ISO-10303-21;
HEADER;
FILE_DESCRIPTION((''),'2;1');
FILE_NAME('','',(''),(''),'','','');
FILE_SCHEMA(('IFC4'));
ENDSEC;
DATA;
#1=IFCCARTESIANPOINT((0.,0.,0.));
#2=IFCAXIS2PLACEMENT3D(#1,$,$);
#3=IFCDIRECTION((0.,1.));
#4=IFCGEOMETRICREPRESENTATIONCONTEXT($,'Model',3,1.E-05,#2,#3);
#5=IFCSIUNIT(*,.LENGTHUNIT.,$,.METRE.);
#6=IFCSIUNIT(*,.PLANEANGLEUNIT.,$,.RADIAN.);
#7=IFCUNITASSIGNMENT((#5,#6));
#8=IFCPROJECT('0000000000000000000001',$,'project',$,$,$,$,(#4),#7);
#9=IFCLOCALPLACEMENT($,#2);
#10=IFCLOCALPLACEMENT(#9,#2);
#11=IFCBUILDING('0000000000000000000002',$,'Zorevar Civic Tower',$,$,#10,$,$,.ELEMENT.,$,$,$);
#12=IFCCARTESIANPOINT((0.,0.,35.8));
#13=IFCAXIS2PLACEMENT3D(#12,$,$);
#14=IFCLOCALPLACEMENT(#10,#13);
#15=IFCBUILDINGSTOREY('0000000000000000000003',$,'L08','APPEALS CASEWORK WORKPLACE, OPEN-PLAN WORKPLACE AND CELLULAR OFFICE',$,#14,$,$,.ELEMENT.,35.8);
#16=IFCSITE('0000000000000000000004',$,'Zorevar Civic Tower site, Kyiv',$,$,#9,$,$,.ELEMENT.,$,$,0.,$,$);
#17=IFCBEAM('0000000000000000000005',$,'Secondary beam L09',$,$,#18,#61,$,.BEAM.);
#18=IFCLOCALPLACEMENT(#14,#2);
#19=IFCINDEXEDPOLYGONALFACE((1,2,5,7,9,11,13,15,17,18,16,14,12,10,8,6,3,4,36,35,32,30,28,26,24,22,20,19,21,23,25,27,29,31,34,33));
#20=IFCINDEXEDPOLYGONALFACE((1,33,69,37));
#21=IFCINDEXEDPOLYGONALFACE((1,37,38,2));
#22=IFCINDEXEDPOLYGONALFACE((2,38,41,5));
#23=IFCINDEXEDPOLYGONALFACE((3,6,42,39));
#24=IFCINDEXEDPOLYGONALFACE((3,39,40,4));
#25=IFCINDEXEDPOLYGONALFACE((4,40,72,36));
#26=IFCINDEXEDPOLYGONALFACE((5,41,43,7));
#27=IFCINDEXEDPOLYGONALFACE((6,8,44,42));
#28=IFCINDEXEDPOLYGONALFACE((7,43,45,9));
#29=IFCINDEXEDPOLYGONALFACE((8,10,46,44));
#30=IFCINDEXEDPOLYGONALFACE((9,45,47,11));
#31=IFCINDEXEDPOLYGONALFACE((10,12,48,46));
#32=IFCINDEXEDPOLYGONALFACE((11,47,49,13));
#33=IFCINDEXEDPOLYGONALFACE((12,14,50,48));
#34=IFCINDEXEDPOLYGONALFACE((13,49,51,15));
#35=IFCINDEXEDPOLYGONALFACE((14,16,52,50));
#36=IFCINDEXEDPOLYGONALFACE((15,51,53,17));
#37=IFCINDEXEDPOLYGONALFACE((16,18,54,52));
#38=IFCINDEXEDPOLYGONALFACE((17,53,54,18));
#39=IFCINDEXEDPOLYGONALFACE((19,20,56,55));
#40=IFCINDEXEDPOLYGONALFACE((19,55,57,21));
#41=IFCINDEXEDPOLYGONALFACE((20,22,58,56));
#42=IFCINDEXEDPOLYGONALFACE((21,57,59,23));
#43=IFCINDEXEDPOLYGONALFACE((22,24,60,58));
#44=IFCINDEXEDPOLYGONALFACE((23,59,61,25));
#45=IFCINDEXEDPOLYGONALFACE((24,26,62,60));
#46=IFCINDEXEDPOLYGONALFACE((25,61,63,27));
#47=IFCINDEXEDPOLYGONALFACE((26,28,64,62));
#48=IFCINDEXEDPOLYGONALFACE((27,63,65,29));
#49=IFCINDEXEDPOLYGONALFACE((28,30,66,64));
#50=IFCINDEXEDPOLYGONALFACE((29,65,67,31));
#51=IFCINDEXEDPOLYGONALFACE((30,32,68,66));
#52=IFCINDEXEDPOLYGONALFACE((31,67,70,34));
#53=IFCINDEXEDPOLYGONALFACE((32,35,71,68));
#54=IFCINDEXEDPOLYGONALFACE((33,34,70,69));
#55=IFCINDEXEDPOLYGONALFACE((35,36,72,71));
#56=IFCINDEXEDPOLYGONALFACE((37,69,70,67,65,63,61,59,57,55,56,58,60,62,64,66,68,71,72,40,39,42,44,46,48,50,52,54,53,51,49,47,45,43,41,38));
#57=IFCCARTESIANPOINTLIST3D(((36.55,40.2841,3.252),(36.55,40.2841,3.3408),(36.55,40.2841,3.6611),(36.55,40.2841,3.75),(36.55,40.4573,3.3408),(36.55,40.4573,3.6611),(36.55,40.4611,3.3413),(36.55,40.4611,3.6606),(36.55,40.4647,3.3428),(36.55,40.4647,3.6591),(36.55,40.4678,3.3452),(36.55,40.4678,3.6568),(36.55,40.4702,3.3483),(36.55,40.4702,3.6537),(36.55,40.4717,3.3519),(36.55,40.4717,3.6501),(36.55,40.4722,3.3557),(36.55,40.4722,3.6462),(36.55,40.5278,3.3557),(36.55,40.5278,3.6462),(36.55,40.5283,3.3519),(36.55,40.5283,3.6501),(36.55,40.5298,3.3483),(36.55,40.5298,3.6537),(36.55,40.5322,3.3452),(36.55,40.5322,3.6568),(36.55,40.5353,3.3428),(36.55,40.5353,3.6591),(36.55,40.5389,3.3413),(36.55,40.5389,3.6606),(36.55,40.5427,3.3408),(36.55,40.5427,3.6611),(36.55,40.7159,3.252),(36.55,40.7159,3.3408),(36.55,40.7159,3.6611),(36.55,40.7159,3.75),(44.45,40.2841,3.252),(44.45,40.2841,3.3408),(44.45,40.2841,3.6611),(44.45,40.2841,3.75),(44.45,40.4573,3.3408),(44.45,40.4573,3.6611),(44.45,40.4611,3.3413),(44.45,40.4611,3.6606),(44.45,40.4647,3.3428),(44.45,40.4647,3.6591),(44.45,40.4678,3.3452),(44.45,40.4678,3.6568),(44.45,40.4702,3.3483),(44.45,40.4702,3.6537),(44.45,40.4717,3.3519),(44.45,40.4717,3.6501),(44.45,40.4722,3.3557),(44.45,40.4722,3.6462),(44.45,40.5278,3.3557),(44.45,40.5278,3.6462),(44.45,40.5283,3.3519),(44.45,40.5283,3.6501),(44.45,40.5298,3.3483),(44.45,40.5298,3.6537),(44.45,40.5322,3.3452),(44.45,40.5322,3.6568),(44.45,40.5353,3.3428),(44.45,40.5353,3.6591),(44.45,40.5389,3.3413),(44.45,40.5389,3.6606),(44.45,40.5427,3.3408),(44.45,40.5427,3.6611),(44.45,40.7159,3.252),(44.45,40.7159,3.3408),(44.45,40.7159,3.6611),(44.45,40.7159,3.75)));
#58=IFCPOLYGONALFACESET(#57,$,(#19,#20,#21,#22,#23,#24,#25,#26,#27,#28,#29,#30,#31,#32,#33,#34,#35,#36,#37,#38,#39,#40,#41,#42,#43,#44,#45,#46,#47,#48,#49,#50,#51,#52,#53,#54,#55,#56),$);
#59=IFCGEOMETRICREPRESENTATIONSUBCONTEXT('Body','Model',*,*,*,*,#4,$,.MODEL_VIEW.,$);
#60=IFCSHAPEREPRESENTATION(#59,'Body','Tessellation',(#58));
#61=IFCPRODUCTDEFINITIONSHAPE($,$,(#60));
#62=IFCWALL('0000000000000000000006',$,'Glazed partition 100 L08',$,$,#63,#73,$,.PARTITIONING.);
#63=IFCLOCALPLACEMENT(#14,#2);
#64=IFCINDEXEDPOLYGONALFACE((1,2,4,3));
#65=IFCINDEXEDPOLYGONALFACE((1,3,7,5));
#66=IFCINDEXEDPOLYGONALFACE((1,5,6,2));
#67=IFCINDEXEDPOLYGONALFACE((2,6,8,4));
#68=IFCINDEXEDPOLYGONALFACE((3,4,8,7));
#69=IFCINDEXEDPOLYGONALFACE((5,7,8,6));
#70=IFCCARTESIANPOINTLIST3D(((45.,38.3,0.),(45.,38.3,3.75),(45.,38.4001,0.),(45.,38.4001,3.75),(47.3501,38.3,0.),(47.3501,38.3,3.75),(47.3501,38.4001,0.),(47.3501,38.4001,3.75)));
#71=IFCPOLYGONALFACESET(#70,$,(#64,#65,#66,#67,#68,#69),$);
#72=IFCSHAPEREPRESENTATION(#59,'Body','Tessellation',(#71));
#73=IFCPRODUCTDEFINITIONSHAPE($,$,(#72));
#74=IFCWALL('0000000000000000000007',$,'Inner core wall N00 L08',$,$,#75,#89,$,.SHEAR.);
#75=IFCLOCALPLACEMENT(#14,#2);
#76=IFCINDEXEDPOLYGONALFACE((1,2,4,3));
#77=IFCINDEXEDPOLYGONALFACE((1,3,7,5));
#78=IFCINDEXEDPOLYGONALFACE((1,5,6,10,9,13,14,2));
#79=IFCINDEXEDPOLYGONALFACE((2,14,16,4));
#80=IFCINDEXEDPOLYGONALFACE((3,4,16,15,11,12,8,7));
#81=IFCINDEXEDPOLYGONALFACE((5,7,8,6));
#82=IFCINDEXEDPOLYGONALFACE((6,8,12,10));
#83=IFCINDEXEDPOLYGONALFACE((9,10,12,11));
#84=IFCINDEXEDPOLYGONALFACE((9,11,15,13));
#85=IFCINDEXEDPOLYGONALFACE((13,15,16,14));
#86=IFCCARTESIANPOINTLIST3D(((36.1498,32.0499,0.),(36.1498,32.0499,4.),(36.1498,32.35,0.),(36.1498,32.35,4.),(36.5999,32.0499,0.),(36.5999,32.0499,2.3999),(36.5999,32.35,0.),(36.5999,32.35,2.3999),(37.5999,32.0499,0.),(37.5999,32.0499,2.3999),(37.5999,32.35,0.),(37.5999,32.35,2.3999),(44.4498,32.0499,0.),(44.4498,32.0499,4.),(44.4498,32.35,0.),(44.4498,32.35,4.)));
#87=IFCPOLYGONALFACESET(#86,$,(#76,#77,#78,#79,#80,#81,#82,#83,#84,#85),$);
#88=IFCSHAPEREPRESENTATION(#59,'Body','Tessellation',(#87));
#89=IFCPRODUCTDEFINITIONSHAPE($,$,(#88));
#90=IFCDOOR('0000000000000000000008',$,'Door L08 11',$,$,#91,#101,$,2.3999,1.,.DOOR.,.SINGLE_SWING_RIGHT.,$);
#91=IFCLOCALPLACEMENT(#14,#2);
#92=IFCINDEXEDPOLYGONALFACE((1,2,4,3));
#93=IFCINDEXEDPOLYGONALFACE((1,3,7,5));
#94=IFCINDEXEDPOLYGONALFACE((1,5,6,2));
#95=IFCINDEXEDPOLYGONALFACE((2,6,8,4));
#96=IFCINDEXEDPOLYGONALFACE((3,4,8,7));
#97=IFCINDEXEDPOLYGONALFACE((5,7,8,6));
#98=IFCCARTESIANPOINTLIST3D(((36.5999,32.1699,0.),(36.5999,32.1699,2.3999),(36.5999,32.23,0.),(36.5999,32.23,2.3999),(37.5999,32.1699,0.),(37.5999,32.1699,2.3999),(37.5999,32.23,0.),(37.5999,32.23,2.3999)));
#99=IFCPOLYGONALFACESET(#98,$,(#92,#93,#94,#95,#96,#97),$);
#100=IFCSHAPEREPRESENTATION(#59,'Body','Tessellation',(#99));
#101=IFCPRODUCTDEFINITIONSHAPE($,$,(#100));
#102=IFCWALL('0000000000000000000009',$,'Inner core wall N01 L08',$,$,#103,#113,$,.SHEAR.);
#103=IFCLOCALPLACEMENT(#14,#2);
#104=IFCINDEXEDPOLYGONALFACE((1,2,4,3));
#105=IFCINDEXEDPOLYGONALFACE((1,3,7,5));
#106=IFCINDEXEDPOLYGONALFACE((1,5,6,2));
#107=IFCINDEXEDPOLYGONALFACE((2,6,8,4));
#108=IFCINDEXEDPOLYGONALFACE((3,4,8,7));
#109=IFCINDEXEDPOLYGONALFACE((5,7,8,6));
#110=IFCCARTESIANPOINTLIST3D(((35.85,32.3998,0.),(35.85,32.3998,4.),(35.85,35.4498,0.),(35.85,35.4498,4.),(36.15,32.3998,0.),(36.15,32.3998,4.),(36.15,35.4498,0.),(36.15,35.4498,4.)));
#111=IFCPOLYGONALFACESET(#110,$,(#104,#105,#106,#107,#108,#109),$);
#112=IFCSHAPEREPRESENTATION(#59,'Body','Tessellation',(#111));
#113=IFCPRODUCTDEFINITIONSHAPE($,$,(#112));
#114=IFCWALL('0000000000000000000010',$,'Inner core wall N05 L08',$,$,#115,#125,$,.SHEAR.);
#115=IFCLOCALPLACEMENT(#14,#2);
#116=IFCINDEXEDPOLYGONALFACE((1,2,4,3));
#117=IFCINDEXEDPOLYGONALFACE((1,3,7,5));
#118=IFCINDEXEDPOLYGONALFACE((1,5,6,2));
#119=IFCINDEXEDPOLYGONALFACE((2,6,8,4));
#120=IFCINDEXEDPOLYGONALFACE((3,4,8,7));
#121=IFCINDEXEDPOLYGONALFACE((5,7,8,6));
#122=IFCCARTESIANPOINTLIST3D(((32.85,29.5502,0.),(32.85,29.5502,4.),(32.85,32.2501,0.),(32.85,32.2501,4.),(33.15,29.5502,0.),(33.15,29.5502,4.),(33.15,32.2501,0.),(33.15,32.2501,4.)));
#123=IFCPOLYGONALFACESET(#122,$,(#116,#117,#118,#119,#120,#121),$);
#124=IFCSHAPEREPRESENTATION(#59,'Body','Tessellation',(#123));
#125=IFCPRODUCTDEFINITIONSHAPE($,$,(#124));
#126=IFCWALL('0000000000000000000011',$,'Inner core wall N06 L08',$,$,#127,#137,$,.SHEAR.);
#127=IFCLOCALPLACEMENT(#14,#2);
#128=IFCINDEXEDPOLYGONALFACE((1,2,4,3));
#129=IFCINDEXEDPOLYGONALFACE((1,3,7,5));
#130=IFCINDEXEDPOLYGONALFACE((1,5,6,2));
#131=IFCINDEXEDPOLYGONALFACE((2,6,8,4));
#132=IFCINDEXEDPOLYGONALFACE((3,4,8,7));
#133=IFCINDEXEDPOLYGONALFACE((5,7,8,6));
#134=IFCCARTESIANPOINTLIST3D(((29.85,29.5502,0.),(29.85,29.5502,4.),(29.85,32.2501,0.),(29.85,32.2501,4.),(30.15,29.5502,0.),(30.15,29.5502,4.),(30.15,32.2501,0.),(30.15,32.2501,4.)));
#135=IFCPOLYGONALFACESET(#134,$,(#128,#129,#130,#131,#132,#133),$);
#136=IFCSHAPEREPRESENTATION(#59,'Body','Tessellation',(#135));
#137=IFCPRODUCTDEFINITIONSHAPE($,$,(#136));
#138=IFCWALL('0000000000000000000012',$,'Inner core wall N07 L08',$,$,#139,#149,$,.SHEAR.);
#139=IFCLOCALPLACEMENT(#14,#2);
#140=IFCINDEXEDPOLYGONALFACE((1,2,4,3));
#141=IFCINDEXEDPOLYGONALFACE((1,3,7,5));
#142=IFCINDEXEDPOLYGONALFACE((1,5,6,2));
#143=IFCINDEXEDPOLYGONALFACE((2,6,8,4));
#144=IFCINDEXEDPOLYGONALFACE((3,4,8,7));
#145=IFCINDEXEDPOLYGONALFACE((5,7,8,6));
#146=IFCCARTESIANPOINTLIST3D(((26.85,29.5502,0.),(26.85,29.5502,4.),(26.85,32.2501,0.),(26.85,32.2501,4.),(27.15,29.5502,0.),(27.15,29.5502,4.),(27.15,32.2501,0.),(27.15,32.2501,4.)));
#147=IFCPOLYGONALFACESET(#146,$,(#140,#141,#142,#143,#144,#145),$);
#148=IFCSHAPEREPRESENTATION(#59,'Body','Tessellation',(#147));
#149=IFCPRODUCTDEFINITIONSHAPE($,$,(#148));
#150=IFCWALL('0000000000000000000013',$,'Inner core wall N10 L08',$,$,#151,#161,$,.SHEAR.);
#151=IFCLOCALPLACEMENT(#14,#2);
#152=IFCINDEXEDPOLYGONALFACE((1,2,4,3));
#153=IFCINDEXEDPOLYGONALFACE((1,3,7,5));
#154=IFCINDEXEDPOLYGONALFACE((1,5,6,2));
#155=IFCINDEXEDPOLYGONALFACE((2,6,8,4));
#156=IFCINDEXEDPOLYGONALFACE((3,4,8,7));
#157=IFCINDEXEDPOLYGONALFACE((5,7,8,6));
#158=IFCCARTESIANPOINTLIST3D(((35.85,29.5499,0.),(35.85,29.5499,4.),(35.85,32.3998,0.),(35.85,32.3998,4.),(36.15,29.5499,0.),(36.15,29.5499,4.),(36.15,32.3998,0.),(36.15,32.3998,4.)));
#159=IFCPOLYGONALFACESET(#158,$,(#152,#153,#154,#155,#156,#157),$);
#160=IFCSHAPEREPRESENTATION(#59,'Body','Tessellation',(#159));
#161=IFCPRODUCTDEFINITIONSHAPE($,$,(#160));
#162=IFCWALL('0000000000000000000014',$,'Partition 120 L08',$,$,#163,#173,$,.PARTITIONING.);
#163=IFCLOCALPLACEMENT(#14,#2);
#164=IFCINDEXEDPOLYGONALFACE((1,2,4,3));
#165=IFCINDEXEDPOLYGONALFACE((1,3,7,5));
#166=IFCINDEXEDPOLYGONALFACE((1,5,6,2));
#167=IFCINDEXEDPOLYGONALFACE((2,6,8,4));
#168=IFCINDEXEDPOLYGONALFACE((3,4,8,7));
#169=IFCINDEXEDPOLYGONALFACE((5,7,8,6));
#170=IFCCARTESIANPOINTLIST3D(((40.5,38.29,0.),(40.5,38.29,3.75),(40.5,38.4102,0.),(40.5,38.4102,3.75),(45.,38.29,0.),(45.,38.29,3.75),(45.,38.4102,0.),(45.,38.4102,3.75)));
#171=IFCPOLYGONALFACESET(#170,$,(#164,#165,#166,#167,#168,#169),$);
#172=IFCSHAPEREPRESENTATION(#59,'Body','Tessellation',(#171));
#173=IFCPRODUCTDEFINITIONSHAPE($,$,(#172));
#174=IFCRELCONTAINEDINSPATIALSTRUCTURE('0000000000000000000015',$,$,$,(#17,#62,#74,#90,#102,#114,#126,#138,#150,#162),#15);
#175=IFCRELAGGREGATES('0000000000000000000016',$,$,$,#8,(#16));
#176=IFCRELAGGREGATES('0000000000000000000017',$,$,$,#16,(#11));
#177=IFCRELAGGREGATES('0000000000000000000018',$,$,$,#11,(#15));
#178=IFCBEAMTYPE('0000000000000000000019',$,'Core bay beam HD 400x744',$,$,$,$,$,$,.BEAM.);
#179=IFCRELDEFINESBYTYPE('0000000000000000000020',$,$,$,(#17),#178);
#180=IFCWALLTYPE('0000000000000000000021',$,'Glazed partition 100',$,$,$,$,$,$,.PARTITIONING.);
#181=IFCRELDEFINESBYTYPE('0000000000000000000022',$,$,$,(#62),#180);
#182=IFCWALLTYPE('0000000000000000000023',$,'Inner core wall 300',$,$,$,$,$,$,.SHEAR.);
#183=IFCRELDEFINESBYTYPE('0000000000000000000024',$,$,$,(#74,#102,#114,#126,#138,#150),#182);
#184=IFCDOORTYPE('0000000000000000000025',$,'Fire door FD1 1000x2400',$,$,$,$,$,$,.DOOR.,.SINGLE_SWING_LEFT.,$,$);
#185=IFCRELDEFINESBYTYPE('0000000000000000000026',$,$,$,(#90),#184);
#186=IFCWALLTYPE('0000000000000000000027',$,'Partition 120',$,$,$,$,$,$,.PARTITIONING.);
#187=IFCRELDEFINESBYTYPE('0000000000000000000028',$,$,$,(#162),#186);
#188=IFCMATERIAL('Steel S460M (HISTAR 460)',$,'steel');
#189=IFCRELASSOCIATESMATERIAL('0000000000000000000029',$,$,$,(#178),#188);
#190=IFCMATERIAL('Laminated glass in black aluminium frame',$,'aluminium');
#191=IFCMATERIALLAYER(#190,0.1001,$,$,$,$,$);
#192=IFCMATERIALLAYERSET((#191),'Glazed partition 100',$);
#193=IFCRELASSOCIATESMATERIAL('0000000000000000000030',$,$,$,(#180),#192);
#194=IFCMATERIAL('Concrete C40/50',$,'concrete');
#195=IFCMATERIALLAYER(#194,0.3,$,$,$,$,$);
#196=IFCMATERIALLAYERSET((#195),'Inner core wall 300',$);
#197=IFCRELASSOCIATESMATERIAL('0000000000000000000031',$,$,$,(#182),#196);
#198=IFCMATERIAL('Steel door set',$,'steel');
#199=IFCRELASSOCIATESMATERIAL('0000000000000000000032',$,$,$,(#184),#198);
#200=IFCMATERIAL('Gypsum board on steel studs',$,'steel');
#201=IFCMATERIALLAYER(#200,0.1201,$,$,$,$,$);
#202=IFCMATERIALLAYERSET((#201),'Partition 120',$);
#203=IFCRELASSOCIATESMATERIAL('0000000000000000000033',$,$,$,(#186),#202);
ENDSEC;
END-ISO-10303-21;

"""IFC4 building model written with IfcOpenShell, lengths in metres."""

from ifc_helpers import new_model, si_unit, direction, frame, frame_2d, origin, origin_2d, place, context, subcontext, project, spatial, rectangle, i_section, extrude, material, layer, layer_set, material_profile, profile_set, type_object, element, fill, save


model = new_model("IFC4")

# Units and contexts
model_context = context("Model", 3, precision=1e-05, world=origin(), true_north=direction((0.0, 1.0)))
body_context = subcontext(model_context, "Body", "Model", "MODEL_VIEW")
ifc_project = project(units=[si_unit("LENGTHUNIT", "METRE"), si_unit("PLANEANGLEUNIT", "RADIAN")], contexts=[model_context])

# Site, building, storey
site_placement = place(None, origin())
site = spatial("IfcSite", under=ifc_project, at=site_placement, Name="Zorevar Civic Tower site, Kyiv", CompositionType="ELEMENT", RefElevation=0.0)
building_placement = place(site_placement, origin())
building = spatial("IfcBuilding", under=site, at=building_placement, Name="Zorevar Civic Tower", CompositionType="ELEMENT")
storey_placement = place(building_placement, frame((0.0, 0.0, 35.8)))
storey = spatial("IfcBuildingStorey", under=building, at=storey_placement, Name="L08", Description="APPEALS CASEWORK WORKPLACE, OPEN-PLAN WORKPLACE AND CELLULAR OFFICE", CompositionType="ELEMENT", Elevation=35.8)

# Beam
ifc_material_1 = material(Name="Steel S460M (HISTAR 460)", Category="steel")
ifc_material_profile_1 = material_profile(ifc_material_1, i_section(OverallWidth=0.4319, OverallDepth=0.498, WebThickness=0.0557, FlangeThickness=0.0889, FilletRadius=0.0149, at=origin_2d()), Name="HD 400x744")
ifc_profile_set_1 = profile_set([ifc_material_profile_1], Name="Steel S460M (HISTAR 460)")
beam_type_1 = type_object("IfcBeamType", Name="Core bay beam HD 400x744", PredefinedType="BEAM", material=ifc_profile_set_1)
for number, where, z_axis, x_axis, name in (
    (1, (36.55, 40.5, 3.501), (1.0, 0.0, 0.0), (0.0, 1.0, 0.0), "Secondary beam L09"),
):
    element("IfcBeam", number, at=place(storey_placement, frame(where, z_axis=z_axis, x_axis=x_axis)), inside=storey, type_object=beam_type_1, Name=name, PredefinedType="BEAM", context=body_context, shape_type="SweptSolid", body=[
        extrude(i_section(OverallWidth=0.4319, OverallDepth=0.498, WebThickness=0.0557, FlangeThickness=0.0889, FilletRadius=0.0149, at=origin_2d()), origin(), (0.0, 0.0, 1.0), 7.8999),
    ])

# Wall
ifc_material_2 = material(Name="Laminated glass in black aluminium frame", Category="aluminium")
ifc_layer_1 = layer(ifc_material_2, 0.1001)
ifc_layer_set_1 = layer_set([ifc_layer_1], Name="Glazed partition 100")
wall_type_1 = type_object("IfcWallType", Name="Glazed partition 100", PredefinedType="PARTITIONING", material=ifc_layer_set_1)
wall_1_placement = place(storey_placement, frame((45.0, 38.3501, 0.0), z_axis=(0.0, 0.0, 1.0), x_axis=(1.0, 0.0, 0.0)))
element("IfcWall", 2, at=wall_1_placement, inside=storey, type_object=wall_type_1, Name="Glazed partition 100 L08", PredefinedType="PARTITIONING", context=body_context, shape_type="SweptSolid", body=[
    extrude(rectangle(XDim=2.3501, YDim=0.1001, at=frame_2d((1.175, 0.0))), origin(), (0.0, 0.0, 1.0), 3.75),
])

# Wall, opening, door
ifc_material_3 = material(Name="Concrete C40/50", Category="concrete")
ifc_layer_2 = layer(ifc_material_3, 0.3)
ifc_layer_set_2 = layer_set([ifc_layer_2], Name="Inner core wall 300")
wall_type_2 = type_object("IfcWallType", Name="Inner core wall 300", PredefinedType="SHEAR", material=ifc_layer_set_2)
wall_2_placement = place(storey_placement, frame((36.1499, 32.2, 0.0), z_axis=(0.0, 0.0, 1.0), x_axis=(1.0, 0.0, 0.0)))
wall_2 = element("IfcWall", 3, at=wall_2_placement, inside=storey, type_object=wall_type_2, Name="Inner core wall N00 L08", PredefinedType="SHEAR", context=body_context, shape_type="SweptSolid", body=[
    extrude(rectangle(XDim=8.3, YDim=0.3, at=frame_2d((4.1499, 0.0))), origin(), (0.0, 0.0, 1.0), 4.0),
])
opening_1_placement = place(wall_2_placement, frame((0.45, 0.0, 0.0)))
opening_1 = element("IfcOpeningElement", 4, at=opening_1_placement, cuts=wall_2, PredefinedType="OPENING", context=body_context, shape_type="SweptSolid", body=[
    extrude(rectangle(XDim=1.0, YDim=2.3999, at=frame_2d((0.5, 1.2))), frame((0.0, 0.1599, 0.0), z_axis=(0.0, -1.0, 0.0), x_axis=(1.0, 0.0, 0.0)), (0.0, 0.0, 1.0), 0.3201),
])
ifc_material_4 = material(Name="Steel door set", Category="steel")
door_type_1 = type_object("IfcDoorType", Name="Fire door FD1 1000x2400", OperationType="SINGLE_SWING_LEFT", PredefinedType="DOOR", material=ifc_material_4)
door_1_placement = place(opening_1_placement, origin())
door_1 = element("IfcDoor", 5, at=door_1_placement, inside=storey, type_object=door_type_1, Name="Door L08 11", OperationType="SINGLE_SWING_RIGHT", OverallHeight=2.3999, OverallWidth=1.0, PredefinedType="DOOR", context=body_context, shape_type="SweptSolid", body=[
    extrude(rectangle(XDim=1.0, YDim=2.3999, at=frame_2d((0.5, 1.2))), frame((0.0, 0.03, 0.0), z_axis=(0.0, -1.0, 0.0), x_axis=(1.0, 0.0, 0.0)), (0.0, 0.0, 1.0), 0.0601),
])
fill(opening_1, door_1)

# Wall
wall_3_placement = place(storey_placement, frame((36.0, 32.3999, 0.0), z_axis=(0.0, 0.0, 1.0), x_axis=(0.0, 1.0, 0.0)))
element("IfcWall", 6, at=wall_3_placement, inside=storey, type_object=wall_type_2, Name="Inner core wall N01 L08", PredefinedType="SHEAR", context=body_context, shape_type="SweptSolid", body=[
    extrude(rectangle(XDim=3.05, YDim=0.3, at=frame_2d((1.5249, 0.0))), origin(), (0.0, 0.0, 1.0), 4.0),
])

# Walls
for number, where, z_axis, x_axis, name in (
    (7, (33.0, 29.55, 0.0), (0.0, 0.0, 1.0), (0.0, 1.0, 0.0), "Inner core wall N05 L08"),
    (8, (30.0, 29.55, 0.0), (0.0, 0.0, 1.0), (0.0, 1.0, 0.0), "Inner core wall N06 L08"),
    (9, (27.0, 29.55, 0.0), (0.0, 0.0, 1.0), (0.0, 1.0, 0.0), "Inner core wall N07 L08"),
):
    element("IfcWall", number, at=place(storey_placement, frame(where, z_axis=z_axis, x_axis=x_axis)), inside=storey, type_object=wall_type_2, Name=name, PredefinedType="SHEAR", context=body_context, shape_type="SweptSolid", body=[
        extrude(rectangle(XDim=2.7, YDim=0.3, at=frame_2d((1.3501, 0.0))), origin(), (0.0, 0.0, 1.0), 4.0),
    ])
wall_4_placement = place(storey_placement, frame((36.0, 29.55, 0.0), z_axis=(0.0, 0.0, 1.0), x_axis=(0.0, 1.0, 0.0)))
element("IfcWall", 10, at=wall_4_placement, inside=storey, type_object=wall_type_2, Name="Inner core wall N10 L08", PredefinedType="SHEAR", context=body_context, shape_type="SweptSolid", body=[
    extrude(rectangle(XDim=2.8499, YDim=0.3, at=frame_2d((1.4248, 0.0))), origin(), (0.0, 0.0, 1.0), 4.0),
])
ifc_material_5 = material(Name="Gypsum board on steel studs", Category="steel")
ifc_layer_3 = layer(ifc_material_5, 0.1201)
ifc_layer_set_3 = layer_set([ifc_layer_3], Name="Partition 120")
wall_type_3 = type_object("IfcWallType", Name="Partition 120", PredefinedType="PARTITIONING", material=ifc_layer_set_3)
wall_5_placement = place(storey_placement, frame((40.5, 38.3501, 0.0), z_axis=(0.0, 0.0, 1.0), x_axis=(1.0, 0.0, 0.0)))
element("IfcWall", 11, at=wall_5_placement, inside=storey, type_object=wall_type_3, Name="Partition 120 L08", PredefinedType="PARTITIONING", context=body_context, shape_type="SweptSolid", body=[
    extrude(rectangle(XDim=4.5, YDim=0.1201, at=frame_2d((2.25, 0.0))), origin(), (0.0, 0.0, 1.0), 3.75),
])

save(model, "model.ifc")
